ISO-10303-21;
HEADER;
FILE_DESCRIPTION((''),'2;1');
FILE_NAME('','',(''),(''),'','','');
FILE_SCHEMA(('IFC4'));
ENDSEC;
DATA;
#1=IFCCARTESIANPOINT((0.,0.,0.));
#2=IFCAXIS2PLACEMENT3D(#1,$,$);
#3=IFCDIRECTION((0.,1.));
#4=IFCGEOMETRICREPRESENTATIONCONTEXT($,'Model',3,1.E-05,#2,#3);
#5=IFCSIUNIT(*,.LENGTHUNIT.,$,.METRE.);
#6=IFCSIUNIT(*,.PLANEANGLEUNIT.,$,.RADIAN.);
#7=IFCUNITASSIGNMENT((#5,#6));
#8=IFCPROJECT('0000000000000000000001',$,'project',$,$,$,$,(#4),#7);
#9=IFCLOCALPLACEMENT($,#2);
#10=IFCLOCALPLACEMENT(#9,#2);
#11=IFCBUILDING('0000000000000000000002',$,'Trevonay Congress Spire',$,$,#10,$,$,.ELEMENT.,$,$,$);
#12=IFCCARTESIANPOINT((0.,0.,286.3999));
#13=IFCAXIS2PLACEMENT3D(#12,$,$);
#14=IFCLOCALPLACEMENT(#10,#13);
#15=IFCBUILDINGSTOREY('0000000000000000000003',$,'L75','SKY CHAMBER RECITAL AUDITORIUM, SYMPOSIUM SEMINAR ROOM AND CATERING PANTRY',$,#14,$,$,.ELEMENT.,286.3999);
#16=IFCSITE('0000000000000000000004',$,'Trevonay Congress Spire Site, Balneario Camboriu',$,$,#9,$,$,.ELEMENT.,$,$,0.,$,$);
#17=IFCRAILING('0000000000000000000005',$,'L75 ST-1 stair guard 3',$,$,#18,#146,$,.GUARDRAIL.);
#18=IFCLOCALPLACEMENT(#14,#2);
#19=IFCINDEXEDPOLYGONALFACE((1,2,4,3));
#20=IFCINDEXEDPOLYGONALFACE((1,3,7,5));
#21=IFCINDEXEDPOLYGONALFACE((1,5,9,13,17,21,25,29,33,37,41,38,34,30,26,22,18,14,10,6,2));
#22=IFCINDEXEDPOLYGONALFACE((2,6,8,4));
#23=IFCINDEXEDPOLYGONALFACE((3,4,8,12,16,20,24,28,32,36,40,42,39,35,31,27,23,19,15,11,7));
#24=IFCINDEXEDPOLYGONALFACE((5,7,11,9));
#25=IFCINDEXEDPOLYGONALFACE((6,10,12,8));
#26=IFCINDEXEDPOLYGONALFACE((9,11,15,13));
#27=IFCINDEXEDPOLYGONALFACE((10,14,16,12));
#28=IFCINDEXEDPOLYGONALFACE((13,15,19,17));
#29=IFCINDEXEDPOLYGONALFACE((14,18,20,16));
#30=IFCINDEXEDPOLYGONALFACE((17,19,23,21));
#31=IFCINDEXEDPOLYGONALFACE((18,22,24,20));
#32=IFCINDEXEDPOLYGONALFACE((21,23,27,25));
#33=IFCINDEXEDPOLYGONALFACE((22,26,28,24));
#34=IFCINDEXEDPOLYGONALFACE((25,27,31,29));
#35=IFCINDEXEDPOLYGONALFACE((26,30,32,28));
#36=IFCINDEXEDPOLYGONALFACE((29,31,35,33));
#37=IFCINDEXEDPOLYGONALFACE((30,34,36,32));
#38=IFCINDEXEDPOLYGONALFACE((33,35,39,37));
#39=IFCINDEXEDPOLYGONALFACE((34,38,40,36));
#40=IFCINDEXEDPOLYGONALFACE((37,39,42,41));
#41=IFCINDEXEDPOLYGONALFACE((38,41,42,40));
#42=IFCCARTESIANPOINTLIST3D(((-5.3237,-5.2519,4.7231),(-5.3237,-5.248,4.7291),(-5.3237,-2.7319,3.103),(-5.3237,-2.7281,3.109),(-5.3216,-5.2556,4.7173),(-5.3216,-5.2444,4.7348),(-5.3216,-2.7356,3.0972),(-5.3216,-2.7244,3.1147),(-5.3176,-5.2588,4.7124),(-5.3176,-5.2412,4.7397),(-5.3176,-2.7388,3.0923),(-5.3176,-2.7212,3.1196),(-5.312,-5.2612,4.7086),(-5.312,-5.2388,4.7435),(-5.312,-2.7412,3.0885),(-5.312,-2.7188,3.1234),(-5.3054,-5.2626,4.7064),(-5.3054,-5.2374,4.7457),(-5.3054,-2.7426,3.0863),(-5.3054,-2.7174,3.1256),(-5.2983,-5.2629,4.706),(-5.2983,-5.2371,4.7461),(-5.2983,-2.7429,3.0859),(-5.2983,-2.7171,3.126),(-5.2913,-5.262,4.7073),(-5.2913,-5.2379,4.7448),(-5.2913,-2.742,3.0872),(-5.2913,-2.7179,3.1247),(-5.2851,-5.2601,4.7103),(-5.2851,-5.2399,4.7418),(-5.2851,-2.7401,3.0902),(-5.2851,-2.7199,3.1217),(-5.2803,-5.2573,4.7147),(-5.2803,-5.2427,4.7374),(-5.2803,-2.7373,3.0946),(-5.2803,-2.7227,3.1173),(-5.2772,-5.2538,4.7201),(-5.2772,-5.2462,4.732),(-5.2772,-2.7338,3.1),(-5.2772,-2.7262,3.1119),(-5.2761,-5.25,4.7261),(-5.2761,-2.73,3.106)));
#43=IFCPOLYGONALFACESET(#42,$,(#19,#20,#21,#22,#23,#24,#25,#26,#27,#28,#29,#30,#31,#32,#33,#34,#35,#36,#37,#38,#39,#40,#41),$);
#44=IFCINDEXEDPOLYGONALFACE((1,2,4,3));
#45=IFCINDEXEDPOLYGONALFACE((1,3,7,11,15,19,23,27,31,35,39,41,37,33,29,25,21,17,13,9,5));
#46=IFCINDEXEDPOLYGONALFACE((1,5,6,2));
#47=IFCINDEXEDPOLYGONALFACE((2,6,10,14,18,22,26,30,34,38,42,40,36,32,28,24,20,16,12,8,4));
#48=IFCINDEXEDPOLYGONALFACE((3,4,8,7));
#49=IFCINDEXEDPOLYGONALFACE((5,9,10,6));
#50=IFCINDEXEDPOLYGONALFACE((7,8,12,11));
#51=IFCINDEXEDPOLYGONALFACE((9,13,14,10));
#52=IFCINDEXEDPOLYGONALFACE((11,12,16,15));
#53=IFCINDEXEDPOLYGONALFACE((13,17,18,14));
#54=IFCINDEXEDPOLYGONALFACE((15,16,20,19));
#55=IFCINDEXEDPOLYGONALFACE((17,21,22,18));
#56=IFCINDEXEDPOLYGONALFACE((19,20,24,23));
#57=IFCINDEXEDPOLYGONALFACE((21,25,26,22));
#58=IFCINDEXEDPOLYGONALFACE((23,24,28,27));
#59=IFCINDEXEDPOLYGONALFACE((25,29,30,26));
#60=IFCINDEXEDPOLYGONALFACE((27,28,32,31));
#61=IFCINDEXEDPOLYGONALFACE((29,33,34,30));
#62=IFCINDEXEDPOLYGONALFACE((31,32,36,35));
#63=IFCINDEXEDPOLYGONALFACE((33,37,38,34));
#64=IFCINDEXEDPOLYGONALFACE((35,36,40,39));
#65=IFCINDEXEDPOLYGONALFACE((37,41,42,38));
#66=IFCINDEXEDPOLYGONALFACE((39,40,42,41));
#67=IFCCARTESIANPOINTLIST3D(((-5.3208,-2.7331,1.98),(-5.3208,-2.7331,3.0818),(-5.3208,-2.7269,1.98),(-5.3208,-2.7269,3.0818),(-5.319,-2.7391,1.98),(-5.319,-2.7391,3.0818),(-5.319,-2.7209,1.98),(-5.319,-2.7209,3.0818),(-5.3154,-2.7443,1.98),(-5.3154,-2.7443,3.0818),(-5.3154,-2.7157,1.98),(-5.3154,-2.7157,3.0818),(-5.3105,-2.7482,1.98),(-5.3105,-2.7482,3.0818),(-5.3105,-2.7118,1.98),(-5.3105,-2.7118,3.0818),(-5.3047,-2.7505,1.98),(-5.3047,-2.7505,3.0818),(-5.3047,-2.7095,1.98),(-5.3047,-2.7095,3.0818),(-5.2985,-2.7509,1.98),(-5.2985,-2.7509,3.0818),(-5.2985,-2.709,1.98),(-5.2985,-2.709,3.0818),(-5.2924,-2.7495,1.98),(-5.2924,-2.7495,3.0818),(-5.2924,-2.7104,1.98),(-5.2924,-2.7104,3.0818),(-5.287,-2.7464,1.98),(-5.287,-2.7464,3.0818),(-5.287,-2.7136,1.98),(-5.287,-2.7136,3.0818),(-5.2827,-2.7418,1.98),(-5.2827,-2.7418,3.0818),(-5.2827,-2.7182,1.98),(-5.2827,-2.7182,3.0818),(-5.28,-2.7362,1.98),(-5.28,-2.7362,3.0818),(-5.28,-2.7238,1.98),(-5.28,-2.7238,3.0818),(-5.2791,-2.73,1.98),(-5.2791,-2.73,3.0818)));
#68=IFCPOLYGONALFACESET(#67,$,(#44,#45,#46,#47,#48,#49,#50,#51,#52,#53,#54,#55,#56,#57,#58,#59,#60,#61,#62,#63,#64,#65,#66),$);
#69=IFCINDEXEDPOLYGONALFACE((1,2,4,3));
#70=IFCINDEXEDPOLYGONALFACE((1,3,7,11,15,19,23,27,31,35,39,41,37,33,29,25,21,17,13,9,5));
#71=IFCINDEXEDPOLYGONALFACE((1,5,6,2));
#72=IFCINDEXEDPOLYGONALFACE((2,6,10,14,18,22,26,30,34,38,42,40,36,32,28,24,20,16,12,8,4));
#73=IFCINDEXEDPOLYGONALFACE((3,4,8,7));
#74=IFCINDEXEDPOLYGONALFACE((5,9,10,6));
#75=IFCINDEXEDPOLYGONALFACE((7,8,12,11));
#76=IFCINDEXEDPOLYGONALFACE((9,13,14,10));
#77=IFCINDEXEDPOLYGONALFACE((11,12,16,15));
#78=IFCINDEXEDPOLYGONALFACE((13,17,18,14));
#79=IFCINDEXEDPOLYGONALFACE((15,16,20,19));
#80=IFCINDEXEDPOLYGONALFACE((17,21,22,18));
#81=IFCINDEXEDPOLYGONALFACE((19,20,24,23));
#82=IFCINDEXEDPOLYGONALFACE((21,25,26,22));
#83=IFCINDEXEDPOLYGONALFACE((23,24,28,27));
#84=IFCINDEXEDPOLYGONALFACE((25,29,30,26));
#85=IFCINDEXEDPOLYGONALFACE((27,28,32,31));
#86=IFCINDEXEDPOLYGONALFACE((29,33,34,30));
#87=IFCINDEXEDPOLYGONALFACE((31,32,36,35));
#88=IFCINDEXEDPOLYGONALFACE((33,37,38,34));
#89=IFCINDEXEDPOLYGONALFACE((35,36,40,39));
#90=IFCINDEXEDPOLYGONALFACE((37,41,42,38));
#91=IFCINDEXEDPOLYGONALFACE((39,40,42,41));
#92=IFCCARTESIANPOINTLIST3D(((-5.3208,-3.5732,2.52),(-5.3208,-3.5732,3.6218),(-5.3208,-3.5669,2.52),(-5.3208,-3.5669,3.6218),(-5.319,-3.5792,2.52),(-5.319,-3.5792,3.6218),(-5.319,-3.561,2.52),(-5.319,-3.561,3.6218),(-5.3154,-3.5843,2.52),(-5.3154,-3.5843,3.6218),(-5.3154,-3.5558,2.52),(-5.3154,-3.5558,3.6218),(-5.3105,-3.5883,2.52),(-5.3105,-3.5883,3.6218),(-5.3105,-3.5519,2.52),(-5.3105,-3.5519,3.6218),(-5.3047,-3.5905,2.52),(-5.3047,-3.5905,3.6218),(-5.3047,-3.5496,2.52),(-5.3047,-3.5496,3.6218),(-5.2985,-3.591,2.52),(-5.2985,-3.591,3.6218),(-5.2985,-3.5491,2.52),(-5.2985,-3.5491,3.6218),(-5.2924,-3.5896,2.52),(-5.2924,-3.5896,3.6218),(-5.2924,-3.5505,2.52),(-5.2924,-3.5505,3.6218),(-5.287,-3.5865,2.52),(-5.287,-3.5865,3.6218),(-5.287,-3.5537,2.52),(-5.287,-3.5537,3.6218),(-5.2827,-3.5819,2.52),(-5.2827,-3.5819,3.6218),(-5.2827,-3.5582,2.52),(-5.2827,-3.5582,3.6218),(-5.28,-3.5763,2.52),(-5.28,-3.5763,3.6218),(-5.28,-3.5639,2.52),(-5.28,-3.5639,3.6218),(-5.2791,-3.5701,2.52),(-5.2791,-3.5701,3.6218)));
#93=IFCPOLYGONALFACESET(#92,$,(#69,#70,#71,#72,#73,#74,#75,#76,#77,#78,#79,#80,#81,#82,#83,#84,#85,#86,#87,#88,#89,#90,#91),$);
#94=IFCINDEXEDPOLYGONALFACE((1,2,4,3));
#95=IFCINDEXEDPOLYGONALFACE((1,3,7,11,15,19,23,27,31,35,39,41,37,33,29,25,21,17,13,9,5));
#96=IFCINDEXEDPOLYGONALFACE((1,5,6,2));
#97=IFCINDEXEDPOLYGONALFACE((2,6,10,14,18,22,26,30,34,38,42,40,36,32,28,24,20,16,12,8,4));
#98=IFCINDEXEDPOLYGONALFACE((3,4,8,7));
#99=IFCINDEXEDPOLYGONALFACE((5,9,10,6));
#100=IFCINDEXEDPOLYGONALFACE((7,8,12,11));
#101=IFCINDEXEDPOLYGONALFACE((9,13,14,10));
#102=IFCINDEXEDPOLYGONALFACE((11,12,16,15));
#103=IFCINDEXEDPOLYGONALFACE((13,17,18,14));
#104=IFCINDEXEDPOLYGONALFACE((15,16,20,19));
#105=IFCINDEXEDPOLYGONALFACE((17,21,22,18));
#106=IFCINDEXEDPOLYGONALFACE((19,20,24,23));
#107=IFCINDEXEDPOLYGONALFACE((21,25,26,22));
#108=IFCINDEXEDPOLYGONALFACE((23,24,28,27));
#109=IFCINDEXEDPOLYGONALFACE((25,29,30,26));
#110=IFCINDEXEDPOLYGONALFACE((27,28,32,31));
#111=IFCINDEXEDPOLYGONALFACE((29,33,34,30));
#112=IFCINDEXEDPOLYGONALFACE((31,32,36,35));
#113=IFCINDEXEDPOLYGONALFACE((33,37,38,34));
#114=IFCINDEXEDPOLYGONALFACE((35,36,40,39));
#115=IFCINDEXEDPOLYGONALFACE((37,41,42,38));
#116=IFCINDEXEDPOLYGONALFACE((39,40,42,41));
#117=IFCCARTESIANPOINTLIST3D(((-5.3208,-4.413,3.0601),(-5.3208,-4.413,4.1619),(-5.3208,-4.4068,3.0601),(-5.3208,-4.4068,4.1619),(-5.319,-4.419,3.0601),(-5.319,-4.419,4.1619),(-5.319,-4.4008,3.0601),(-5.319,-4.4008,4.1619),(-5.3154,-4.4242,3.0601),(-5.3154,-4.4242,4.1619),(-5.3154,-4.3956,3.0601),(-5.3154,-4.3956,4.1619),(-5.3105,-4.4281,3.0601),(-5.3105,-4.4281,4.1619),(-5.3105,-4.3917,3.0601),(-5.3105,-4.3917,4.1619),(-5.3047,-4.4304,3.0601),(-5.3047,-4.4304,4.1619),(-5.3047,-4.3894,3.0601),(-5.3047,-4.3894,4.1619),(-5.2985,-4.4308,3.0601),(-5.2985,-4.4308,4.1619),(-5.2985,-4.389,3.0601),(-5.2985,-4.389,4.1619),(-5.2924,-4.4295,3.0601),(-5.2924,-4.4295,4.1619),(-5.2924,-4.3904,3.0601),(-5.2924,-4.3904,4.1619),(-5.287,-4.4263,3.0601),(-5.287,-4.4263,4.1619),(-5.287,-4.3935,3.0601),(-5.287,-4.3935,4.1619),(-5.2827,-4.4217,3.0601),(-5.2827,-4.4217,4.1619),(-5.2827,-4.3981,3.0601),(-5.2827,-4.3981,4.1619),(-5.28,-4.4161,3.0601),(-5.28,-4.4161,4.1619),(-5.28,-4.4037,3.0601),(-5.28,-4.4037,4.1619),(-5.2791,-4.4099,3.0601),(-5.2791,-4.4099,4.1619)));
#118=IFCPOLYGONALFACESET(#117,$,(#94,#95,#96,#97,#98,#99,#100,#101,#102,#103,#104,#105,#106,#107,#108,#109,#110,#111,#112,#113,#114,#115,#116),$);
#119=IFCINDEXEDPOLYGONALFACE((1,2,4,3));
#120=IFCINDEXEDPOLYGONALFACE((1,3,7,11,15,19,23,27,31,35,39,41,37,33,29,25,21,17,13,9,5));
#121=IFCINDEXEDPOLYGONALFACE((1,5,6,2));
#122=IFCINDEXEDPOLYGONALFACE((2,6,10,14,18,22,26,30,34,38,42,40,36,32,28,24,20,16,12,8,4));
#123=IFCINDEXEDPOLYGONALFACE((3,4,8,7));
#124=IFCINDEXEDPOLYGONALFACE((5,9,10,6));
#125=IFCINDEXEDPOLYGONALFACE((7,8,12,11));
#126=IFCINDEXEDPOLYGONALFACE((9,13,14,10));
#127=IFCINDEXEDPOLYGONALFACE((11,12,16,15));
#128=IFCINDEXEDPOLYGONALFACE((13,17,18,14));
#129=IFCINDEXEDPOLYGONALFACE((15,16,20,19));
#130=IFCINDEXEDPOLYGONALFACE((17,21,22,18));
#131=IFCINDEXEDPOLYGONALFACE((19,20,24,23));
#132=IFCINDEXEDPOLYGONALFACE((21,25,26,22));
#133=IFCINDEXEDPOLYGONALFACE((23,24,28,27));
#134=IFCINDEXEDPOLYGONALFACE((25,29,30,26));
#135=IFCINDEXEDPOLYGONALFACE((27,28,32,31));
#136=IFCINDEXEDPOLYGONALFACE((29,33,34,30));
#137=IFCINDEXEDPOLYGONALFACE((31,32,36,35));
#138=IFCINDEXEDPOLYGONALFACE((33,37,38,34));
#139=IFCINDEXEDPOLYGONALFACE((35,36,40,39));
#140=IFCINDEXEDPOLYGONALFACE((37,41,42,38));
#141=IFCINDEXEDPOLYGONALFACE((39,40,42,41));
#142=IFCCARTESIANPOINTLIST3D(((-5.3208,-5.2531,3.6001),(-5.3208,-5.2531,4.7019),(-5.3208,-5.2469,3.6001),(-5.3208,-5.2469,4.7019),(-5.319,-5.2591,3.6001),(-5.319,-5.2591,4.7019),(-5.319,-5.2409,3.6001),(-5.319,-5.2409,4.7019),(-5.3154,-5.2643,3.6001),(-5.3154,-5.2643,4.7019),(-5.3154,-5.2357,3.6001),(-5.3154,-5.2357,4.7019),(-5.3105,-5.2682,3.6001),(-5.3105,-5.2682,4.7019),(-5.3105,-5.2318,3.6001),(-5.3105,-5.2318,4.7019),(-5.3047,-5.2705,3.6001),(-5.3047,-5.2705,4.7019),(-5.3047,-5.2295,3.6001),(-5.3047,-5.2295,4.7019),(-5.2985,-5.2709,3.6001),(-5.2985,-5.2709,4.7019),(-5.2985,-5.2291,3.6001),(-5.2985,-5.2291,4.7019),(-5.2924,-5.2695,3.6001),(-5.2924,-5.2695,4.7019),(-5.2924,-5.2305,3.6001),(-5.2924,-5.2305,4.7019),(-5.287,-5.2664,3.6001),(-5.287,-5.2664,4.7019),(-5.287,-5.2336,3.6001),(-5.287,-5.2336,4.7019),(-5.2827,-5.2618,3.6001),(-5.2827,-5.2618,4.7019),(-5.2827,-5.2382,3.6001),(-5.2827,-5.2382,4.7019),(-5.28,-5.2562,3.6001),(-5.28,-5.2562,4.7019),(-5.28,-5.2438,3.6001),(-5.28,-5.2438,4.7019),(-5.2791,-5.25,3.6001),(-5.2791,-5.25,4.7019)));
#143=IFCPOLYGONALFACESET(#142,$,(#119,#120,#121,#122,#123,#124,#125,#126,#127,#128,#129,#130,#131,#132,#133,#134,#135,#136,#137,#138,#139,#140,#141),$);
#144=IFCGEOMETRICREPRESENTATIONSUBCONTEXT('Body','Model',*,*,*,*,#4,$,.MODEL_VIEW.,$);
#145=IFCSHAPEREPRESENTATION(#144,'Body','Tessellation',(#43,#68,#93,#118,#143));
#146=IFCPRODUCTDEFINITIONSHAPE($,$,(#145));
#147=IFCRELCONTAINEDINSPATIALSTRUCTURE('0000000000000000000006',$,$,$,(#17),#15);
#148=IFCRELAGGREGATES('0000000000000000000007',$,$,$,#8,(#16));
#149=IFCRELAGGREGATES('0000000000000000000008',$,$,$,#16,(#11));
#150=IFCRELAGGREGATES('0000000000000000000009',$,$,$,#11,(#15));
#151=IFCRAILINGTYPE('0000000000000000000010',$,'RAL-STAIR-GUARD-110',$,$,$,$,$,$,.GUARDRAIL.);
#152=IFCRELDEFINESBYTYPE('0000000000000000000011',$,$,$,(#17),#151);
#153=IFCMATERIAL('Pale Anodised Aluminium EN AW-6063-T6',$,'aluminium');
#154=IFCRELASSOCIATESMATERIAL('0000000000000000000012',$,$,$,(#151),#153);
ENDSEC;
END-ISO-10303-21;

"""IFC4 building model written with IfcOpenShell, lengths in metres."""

from ifc_helpers import new_model, si_unit, direction, frame, origin, origin_2d, place, context, subcontext, project, spatial, circle, extrude, material, type_object, element, save


model = new_model("IFC4")

# Units and contexts
model_context = context("Model", 3, precision=1e-05, world=origin(), true_north=direction((0.0, 1.0)))
body_context = subcontext(model_context, "Body", "Model", "MODEL_VIEW")
ifc_project = project(units=[si_unit("LENGTHUNIT", "METRE"), si_unit("PLANEANGLEUNIT", "RADIAN")], contexts=[model_context])

# Site, building, storey
site_placement = place(None, origin())
site = spatial("IfcSite", under=ifc_project, at=site_placement, Name="Trevonay Congress Spire Site, Balneario Camboriu", CompositionType="ELEMENT", RefElevation=0.0)
building_placement = place(site_placement, origin())
building = spatial("IfcBuilding", under=site, at=building_placement, Name="Trevonay Congress Spire", CompositionType="ELEMENT")
storey_placement = place(building_placement, frame((0.0, 0.0, 286.3999)))
storey = spatial("IfcBuildingStorey", under=building, at=storey_placement, Name="L75", Description="SKY CHAMBER RECITAL AUDITORIUM, SYMPOSIUM SEMINAR ROOM AND CATERING PANTRY", CompositionType="ELEMENT", Elevation=286.3999)

# Railing
ifc_material_1 = material(Name="Pale Anodised Aluminium EN AW-6063-T6", Category="aluminium")
railing_type_1 = type_object("IfcRailingType", Name="RAL-STAIR-GUARD-110", PredefinedType="GUARDRAIL", material=ifc_material_1)
railing_1_placement = place(storey_placement, frame((-5.3, -2.73, 1.98)))
element("IfcRailing", 1, at=railing_1_placement, inside=storey, type_object=railing_type_1, Name="L75 ST-1 stair guard 3", PredefinedType="GUARDRAIL", context=body_context, shape_type="SweptSolid", body=[
    extrude(circle(Radius=0.0239, at=origin_2d()), frame((0.0, 0.0, 1.126), z_axis=(0.0, -0.841163, 0.540782), x_axis=(1.0, 0.0, 0.0)), (0.0, 0.0, 1.0), 2.9958),
    extrude(circle(Radius=0.021, at=origin_2d()), origin(), (0.0, 0.0, 1.0), 1.1018),
    extrude(circle(Radius=0.021, at=origin_2d()), frame((0.0, -0.8401, 0.54)), (0.0, 0.0, 1.0), 1.1018),
    extrude(circle(Radius=0.021, at=origin_2d()), frame((0.0, -1.6799, 1.0801)), (0.0, 0.0, 1.0), 1.1018),
    extrude(circle(Radius=0.021, at=origin_2d()), frame((0.0, -2.52, 1.6201)), (0.0, 0.0, 1.0), 1.1018),
])

save(model, "model.ifc")
